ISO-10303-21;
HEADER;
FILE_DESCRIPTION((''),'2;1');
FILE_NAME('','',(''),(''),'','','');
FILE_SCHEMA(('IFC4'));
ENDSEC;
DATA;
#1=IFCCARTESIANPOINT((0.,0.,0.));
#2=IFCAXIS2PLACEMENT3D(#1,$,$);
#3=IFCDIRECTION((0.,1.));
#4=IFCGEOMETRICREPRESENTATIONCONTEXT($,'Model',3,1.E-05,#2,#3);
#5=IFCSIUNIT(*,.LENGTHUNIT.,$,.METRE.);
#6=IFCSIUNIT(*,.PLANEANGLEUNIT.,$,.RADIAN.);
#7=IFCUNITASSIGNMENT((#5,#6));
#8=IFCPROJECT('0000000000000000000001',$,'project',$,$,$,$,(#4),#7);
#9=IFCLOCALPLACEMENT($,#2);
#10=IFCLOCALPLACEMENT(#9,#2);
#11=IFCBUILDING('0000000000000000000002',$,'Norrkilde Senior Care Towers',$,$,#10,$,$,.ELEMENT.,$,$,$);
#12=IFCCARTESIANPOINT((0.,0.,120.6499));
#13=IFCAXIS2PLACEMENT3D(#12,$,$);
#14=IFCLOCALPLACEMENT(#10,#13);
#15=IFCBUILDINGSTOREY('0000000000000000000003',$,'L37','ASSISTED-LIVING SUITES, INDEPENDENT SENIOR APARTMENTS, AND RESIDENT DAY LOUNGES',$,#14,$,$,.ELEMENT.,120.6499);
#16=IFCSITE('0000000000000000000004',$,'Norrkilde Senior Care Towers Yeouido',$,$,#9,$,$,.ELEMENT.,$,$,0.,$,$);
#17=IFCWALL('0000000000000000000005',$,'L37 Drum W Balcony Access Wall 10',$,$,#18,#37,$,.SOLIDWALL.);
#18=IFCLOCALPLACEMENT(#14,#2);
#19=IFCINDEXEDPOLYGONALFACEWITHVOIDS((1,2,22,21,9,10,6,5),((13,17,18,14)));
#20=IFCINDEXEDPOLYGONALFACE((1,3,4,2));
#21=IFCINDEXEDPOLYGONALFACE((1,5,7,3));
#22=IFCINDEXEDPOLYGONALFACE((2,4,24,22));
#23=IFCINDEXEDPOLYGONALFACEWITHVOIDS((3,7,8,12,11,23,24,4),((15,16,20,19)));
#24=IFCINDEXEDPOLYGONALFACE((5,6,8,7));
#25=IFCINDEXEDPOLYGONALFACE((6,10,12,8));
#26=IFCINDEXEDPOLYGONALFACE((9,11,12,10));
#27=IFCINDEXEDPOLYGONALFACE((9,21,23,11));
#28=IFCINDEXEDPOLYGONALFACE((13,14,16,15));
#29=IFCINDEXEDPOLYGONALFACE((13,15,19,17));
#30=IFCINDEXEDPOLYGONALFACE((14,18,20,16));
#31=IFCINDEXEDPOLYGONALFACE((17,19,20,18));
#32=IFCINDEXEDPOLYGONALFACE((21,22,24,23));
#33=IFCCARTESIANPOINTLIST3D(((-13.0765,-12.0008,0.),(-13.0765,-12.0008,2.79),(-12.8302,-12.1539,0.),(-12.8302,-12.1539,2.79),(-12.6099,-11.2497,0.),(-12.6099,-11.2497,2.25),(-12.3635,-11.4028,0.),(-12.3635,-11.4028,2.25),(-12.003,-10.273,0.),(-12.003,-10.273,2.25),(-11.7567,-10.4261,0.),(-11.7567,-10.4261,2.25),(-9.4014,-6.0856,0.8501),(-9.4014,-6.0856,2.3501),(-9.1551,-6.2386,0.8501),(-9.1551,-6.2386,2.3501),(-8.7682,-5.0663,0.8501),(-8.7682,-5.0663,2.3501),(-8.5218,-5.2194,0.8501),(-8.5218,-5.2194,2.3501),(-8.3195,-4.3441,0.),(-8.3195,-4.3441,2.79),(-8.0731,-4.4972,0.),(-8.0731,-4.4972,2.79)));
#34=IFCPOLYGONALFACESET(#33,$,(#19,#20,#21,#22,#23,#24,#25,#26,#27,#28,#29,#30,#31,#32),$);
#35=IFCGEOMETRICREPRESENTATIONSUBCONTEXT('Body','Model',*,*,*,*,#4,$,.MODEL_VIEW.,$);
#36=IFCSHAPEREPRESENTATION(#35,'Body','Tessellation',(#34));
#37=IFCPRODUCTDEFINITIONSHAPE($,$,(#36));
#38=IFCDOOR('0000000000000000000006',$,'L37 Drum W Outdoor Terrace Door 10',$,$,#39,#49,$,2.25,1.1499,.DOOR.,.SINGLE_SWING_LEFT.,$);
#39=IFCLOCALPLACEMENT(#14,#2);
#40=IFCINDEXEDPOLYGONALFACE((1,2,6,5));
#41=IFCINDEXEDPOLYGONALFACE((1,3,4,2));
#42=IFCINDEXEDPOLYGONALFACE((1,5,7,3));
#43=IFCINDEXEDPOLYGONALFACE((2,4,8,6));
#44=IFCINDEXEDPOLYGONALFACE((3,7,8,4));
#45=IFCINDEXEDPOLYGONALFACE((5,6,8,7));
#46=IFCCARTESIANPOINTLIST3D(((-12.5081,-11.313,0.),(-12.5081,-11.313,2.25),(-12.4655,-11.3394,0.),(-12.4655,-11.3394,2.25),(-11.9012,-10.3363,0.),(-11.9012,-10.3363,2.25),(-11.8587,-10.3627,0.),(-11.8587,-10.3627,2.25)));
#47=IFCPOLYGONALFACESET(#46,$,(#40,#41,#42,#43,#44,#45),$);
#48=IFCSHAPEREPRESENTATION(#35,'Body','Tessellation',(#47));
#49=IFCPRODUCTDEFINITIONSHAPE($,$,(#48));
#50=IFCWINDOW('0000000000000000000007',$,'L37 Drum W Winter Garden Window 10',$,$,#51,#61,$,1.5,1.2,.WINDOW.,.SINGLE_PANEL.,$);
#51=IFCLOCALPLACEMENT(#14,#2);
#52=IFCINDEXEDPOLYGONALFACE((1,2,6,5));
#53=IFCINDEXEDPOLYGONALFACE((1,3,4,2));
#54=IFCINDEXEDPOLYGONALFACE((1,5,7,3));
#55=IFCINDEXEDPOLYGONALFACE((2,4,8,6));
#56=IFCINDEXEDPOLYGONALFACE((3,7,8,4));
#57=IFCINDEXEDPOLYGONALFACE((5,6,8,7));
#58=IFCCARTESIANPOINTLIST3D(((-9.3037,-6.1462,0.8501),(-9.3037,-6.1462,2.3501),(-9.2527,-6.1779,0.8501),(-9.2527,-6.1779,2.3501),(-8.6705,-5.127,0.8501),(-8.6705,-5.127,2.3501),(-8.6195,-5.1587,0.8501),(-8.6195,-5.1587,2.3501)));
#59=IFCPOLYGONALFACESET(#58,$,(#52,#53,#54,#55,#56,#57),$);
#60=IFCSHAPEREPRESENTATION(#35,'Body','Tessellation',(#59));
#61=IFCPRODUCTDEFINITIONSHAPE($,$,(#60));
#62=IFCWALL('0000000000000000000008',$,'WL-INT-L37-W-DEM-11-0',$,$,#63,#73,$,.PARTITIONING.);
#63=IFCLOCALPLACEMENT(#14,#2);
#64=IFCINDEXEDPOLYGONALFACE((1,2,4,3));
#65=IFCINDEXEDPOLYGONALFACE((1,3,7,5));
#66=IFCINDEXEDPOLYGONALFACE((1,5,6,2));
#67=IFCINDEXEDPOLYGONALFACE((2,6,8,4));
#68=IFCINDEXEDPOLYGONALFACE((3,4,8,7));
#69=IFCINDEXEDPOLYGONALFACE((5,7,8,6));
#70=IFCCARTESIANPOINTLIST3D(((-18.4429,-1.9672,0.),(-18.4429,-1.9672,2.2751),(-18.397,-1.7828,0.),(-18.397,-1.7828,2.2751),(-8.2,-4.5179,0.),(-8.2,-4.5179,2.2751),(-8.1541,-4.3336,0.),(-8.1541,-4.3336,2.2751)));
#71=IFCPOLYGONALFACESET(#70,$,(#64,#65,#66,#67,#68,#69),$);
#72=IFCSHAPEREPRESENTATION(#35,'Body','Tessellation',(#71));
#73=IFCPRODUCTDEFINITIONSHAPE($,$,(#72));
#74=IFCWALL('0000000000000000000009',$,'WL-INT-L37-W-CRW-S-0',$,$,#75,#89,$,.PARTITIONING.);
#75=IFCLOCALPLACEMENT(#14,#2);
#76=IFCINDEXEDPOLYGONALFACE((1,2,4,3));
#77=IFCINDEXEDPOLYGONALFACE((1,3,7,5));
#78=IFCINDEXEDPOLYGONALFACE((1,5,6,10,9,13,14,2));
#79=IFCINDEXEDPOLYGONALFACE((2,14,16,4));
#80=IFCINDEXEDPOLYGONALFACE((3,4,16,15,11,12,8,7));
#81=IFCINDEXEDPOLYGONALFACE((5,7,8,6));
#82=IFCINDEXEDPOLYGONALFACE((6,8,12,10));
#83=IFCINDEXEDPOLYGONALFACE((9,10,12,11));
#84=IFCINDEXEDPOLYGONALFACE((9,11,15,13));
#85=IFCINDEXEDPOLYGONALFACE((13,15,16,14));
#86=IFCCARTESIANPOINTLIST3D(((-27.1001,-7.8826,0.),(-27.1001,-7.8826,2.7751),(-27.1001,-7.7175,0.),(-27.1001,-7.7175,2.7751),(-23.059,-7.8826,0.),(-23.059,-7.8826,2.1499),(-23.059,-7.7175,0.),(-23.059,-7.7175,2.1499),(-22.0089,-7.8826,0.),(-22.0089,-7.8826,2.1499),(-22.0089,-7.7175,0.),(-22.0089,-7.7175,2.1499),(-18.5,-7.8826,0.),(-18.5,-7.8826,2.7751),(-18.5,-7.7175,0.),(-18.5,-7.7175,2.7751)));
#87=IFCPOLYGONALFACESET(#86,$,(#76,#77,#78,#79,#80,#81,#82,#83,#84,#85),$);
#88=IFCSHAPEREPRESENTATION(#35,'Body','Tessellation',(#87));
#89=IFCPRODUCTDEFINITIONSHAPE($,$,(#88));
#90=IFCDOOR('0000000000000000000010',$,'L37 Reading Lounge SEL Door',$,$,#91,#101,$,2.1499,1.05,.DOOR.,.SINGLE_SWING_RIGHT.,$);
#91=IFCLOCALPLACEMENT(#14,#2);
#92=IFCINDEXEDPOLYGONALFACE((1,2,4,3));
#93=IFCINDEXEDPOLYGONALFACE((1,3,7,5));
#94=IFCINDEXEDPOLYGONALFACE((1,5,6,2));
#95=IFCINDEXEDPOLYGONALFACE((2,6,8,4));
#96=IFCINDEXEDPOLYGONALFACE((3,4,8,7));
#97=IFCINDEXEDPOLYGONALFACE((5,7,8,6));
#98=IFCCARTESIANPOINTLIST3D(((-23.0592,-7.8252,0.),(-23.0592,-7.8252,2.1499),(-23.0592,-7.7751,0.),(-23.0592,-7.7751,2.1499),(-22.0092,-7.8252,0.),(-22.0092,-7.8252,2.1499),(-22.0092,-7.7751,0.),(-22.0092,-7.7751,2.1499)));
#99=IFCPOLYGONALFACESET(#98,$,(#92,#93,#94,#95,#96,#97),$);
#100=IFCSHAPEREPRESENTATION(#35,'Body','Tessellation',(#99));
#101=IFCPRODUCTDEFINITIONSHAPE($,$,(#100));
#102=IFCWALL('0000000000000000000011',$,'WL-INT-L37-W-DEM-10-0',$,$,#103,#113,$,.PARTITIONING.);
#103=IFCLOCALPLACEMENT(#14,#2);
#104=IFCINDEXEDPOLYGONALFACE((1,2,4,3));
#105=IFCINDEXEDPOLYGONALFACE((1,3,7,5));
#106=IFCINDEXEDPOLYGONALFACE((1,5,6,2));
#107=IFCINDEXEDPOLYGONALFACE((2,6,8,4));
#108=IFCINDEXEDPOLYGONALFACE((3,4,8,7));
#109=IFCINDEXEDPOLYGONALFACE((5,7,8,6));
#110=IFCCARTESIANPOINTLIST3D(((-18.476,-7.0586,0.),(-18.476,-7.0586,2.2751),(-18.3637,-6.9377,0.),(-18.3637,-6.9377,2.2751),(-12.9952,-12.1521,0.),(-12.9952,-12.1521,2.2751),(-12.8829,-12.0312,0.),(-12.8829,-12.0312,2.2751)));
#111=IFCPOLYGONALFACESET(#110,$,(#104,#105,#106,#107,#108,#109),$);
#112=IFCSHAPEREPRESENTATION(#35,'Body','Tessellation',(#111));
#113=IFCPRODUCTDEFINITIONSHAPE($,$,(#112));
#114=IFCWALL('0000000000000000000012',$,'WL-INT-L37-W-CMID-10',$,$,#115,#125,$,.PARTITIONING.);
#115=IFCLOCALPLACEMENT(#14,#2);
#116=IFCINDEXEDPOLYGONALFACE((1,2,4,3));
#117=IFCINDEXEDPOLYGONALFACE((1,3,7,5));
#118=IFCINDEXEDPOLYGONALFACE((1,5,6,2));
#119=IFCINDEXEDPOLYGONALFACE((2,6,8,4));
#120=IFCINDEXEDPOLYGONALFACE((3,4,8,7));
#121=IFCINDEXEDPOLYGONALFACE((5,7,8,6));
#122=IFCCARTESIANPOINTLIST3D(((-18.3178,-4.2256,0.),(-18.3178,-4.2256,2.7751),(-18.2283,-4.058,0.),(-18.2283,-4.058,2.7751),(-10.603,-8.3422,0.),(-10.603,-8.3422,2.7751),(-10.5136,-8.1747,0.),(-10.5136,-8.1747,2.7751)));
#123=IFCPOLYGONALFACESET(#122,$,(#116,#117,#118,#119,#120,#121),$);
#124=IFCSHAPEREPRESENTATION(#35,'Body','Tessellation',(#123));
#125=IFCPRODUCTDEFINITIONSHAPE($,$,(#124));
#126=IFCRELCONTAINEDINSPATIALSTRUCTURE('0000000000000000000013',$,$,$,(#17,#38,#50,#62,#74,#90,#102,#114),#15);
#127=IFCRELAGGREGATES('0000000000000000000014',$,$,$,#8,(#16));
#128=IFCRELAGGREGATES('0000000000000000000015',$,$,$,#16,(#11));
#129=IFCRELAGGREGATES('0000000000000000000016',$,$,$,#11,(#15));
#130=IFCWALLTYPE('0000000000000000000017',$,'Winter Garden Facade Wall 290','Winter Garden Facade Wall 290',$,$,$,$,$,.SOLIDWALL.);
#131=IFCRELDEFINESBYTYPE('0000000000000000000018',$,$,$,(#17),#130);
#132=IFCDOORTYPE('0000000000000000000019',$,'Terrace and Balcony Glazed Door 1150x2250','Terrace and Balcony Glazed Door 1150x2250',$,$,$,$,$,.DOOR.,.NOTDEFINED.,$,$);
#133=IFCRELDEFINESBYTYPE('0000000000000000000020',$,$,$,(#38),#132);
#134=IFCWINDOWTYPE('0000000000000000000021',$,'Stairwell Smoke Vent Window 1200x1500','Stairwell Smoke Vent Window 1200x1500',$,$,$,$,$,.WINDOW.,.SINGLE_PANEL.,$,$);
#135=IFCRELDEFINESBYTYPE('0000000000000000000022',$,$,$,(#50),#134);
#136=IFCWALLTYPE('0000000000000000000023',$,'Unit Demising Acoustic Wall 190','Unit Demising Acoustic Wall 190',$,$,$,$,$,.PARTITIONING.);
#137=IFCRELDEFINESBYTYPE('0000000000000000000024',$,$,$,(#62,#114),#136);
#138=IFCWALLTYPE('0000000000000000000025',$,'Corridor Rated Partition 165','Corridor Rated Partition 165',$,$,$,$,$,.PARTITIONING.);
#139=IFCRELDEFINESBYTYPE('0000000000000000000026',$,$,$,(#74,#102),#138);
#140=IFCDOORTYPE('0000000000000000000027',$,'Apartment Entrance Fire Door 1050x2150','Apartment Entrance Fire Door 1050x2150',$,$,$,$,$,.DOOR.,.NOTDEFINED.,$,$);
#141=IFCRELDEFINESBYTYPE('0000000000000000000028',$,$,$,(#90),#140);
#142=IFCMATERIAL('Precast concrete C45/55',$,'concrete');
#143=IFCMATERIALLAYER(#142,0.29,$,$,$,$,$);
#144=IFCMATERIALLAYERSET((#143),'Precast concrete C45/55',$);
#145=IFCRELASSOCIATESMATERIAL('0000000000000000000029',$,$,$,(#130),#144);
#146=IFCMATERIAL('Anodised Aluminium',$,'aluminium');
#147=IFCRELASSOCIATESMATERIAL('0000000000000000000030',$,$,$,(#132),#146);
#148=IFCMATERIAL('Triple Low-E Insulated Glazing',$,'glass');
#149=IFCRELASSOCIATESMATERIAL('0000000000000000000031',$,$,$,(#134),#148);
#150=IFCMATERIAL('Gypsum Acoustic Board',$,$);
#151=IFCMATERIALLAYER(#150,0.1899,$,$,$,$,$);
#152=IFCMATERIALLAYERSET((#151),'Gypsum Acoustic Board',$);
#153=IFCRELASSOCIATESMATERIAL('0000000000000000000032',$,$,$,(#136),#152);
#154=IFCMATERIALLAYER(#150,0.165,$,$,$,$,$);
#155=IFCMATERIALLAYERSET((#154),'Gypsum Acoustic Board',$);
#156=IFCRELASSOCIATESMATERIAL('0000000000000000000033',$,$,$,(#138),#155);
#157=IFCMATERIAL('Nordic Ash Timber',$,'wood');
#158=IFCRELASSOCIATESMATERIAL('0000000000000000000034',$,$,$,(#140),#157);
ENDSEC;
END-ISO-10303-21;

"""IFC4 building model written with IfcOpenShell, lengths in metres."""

from ifc_helpers import new_model, si_unit, direction, frame, frame_2d, origin, place, context, subcontext, project, spatial, rectangle, extrude, source, transform, mapped, material, layer, layer_set, type_object, type_shapes, element, fill, save


model = new_model("IFC4")

# Units and contexts
model_context = context("Model", 3, precision=1e-05, world=origin(), true_north=direction((0.0, 1.0)))
body_context = subcontext(model_context, "Body", "Model", "MODEL_VIEW")
ifc_project = project(units=[si_unit("LENGTHUNIT", "METRE"), si_unit("PLANEANGLEUNIT", "RADIAN")], contexts=[model_context])

# Site, building, storey
site_placement = place(None, origin())
site = spatial("IfcSite", under=ifc_project, at=site_placement, Name="Norrkilde Senior Care Towers Yeouido", CompositionType="ELEMENT", RefElevation=0.0)
building_placement = place(site_placement, origin())
building = spatial("IfcBuilding", under=site, at=building_placement, Name="Norrkilde Senior Care Towers", CompositionType="ELEMENT")
storey_placement = place(building_placement, frame((0.0, 0.0, 120.6499)))
storey = spatial("IfcBuildingStorey", under=building, at=storey_placement, Name="L37", Description="ASSISTED-LIVING SUITES, INDEPENDENT SENIOR APARTMENTS, AND RESIDENT DAY LOUNGES", CompositionType="ELEMENT", Elevation=120.6499)

# Shared definitions
ifc_material_1 = material(Name="Triple Low-E Insulated Glazing", Category="glass")
ifc_material_2 = material(Name="Anodised Aluminium", Category="aluminium")

# Wall, openings, door, window
ifc_material_3 = material(Name="Precast concrete C45/55", Category="concrete")
ifc_layer_1 = layer(ifc_material_3, 0.29)
ifc_layer_set_1 = layer_set([ifc_layer_1], Name="Precast concrete C45/55")
wall_type_1 = type_object("IfcWallType", Name="Winter Garden Facade Wall 290", Description="Winter Garden Facade Wall 290", PredefinedType="SOLIDWALL", material=ifc_layer_set_1)
shared_shape_1 = source(origin(), body_context, "Body", "SweptSolid", [
    extrude(rectangle(XDim=9.0142, YDim=0.29, at=frame_2d((4.5071, 0.0))), origin(), (0.0, 0.0, 1.0), 2.79),
])
type_shapes(wall_type_1, [shared_shape_1])
wall_1_placement = place(storey_placement, frame((-8.1963, -4.4207, 0.0), z_axis=(0.0, 0.0, 1.0), x_axis=(-0.527733, -0.84941, 0.0)))
wall_1 = element("IfcWall", 1, at=wall_1_placement, inside=storey, type_object=wall_type_1, Name="L37 Drum W Balcony Access Wall 10", PredefinedType="SOLIDWALL", context=body_context, shape_type="MappedRepresentation", body=[
    mapped(shared_shape_1, transform((0.0, 0.0, 0.0), x_axis=(1.0, 0.0, 0.0), y_axis=(0.0, 1.0, 0.0), z_axis=(0.0, 0.0, 1.0), scale=1.0)),
])
opening_1_placement = place(wall_1_placement, frame((6.98, 0.0, 0.0)))
opening_1 = element("IfcOpeningElement", 2, at=opening_1_placement, cuts=wall_1, PredefinedType="OPENING", context=body_context, shape_type="SweptSolid", body=[
    extrude(rectangle(XDim=1.1499, YDim=2.25, at=frame_2d((0.575, 1.125))), frame((0.0, 0.155, 0.0), z_axis=(0.0, -1.0, 0.0), x_axis=(1.0, 0.0, 0.0)), (0.0, 0.0, 1.0), 0.3101),
])
opening_2_placement = place(wall_1_placement, frame((0.8501, 0.0, 0.8501)))
opening_2 = element("IfcOpeningElement", 3, at=opening_2_placement, cuts=wall_1, PredefinedType="OPENING", context=body_context, shape_type="SweptSolid", body=[
    extrude(rectangle(XDim=1.2, YDim=1.5, at=frame_2d((0.6001, 0.75))), frame((0.0, 0.155, 0.0), z_axis=(0.0, -1.0, 0.0), x_axis=(1.0, 0.0, 0.0)), (0.0, 0.0, 1.0), 0.3101),
])
door_type_1 = type_object("IfcDoorType", Name="Terrace and Balcony Glazed Door 1150x2250", Description="Terrace and Balcony Glazed Door 1150x2250", OperationType="NOTDEFINED", PredefinedType="DOOR", material=ifc_material_2)
shared_shape_2 = source(origin(), body_context, "Body", "SweptSolid", [
    extrude(rectangle(XDim=1.1499, YDim=2.25, at=frame_2d((0.575, 1.125))), frame((0.0, 0.0249, 0.0), z_axis=(0.0, -1.0, 0.0), x_axis=(1.0, 0.0, 0.0)), (0.0, 0.0, 1.0), 0.05),
])
type_shapes(door_type_1, [shared_shape_2])
door_1_placement = place(opening_1_placement, origin())
door_1 = element("IfcDoor", 4, at=door_1_placement, inside=storey, type_object=door_type_1, Name="L37 Drum W Outdoor Terrace Door 10", OperationType="SINGLE_SWING_LEFT", OverallHeight=2.25, OverallWidth=1.1499, PredefinedType="DOOR", context=body_context, shape_type="MappedRepresentation", body=[
    mapped(shared_shape_2, transform((0.0, 0.0, 0.0), x_axis=(1.0, 0.0, 0.0), y_axis=(0.0, 1.0, 0.0), z_axis=(0.0, 0.0, 1.0), scale=1.0)),
])
fill(opening_1, door_1)
window_type = type_object("IfcWindowType", Name="Stairwell Smoke Vent Window 1200x1500", Description="Stairwell Smoke Vent Window 1200x1500", PartitioningType="SINGLE_PANEL", PredefinedType="WINDOW", material=ifc_material_1)
shared_shape_3 = source(origin(), body_context, "Body", "SweptSolid", [
    extrude(rectangle(XDim=1.2, YDim=1.5, at=frame_2d((0.6001, 0.75))), frame((0.0, 0.03, 0.0), z_axis=(0.0, -1.0, 0.0), x_axis=(1.0, 0.0, 0.0)), (0.0, 0.0, 1.0), 0.0601),
])
type_shapes(window_type, [shared_shape_3])
window_placement = place(opening_2_placement, origin())
window = element("IfcWindow", 5, at=window_placement, inside=storey, type_object=window_type, Name="L37 Drum W Winter Garden Window 10", OverallHeight=1.5, OverallWidth=1.2, PartitioningType="SINGLE_PANEL", PredefinedType="WINDOW", context=body_context, shape_type="MappedRepresentation", body=[
    mapped(shared_shape_3, transform((0.0, 0.0, 0.0), x_axis=(1.0, 0.0, 0.0), y_axis=(0.0, 1.0, 0.0), z_axis=(0.0, 0.0, 1.0), scale=1.0)),
])
fill(opening_2, window)

# Wall
ifc_material_4 = material(Name="Gypsum Acoustic Board")
ifc_layer_2 = layer(ifc_material_4, 0.1899)
ifc_layer_set_2 = layer_set([ifc_layer_2], Name="Gypsum Acoustic Board")
wall_type_2 = type_object("IfcWallType", Name="Unit Demising Acoustic Wall 190", Description="Unit Demising Acoustic Wall 190", PredefinedType="PARTITIONING", material=ifc_layer_set_2)
shared_shape_4 = source(origin(), body_context, "Body", "SweptSolid", [
    extrude(rectangle(XDim=10.5557, YDim=0.1899, at=frame_2d((5.2778, 0.0))), origin(), (0.0, 0.0, 1.0), 2.2751),
])
wall_2_placement = place(storey_placement, frame((-18.4199, -1.875, 0.0), z_axis=(0.0, 0.0, 1.0), x_axis=(0.970364, -0.241648, 0.0)))
element("IfcWall", 6, at=wall_2_placement, inside=storey, type_object=wall_type_2, Name="WL-INT-L37-W-DEM-11-0", PredefinedType="PARTITIONING", context=body_context, shape_type="MappedRepresentation", body=[
    mapped(shared_shape_4, transform((0.0, 0.0, 0.0), x_axis=(1.0, 0.0, 0.0), y_axis=(0.0, 1.0, 0.0), z_axis=(0.0, 0.0, 1.0), scale=1.0)),
])

# Wall, opening, door
ifc_layer_3 = layer(ifc_material_4, 0.165)
ifc_layer_set_3 = layer_set([ifc_layer_3], Name="Gypsum Acoustic Board")
wall_type_3 = type_object("IfcWallType", Name="Corridor Rated Partition 165", Description="Corridor Rated Partition 165", PredefinedType="PARTITIONING", material=ifc_layer_set_3)
shared_shape_5 = source(origin(), body_context, "Body", "SweptSolid", [
    extrude(rectangle(XDim=8.6001, YDim=0.165, at=frame_2d((4.3, 0.0))), origin(), (0.0, 0.0, 1.0), 2.7751),
])
wall_3_placement = place(storey_placement, frame((-18.5, -7.8, 0.0), z_axis=(0.0, 0.0, 1.0), x_axis=(-1.0, 0.0, 0.0)))
wall_3 = element("IfcWall", 7, at=wall_3_placement, inside=storey, type_object=wall_type_3, Name="WL-INT-L37-W-CRW-S-0", PredefinedType="PARTITIONING", context=body_context, shape_type="MappedRepresentation", body=[
    mapped(shared_shape_5, transform((0.0, 0.0, 0.0), x_axis=(1.0, 0.0, 0.0), y_axis=(0.0, 1.0, 0.0), z_axis=(0.0, 0.0, 1.0), scale=1.0)),
])
opening_3_placement = place(wall_3_placement, frame((3.509, 0.0, 0.0)))
opening_3 = element("IfcOpeningElement", 8, at=opening_3_placement, cuts=wall_3, PredefinedType="OPENING", context=body_context, shape_type="SweptSolid", body=[
    extrude(rectangle(XDim=1.05, YDim=2.1499, at=frame_2d((0.5249, 1.075))), frame((0.0, 0.0925, 0.0), z_axis=(0.0, -1.0, 0.0), x_axis=(1.0, 0.0, 0.0)), (0.0, 0.0, 1.0), 0.1851),
])
ifc_material_5 = material(Name="Nordic Ash Timber", Category="wood")
door_type_2 = type_object("IfcDoorType", Name="Apartment Entrance Fire Door 1050x2150", Description="Apartment Entrance Fire Door 1050x2150", OperationType="NOTDEFINED", PredefinedType="DOOR", material=ifc_material_5)
shared_shape_6 = source(origin(), body_context, "Body", "SweptSolid", [
    extrude(rectangle(XDim=1.05, YDim=2.1499, at=frame_2d((0.5249, 1.075))), frame((0.0, 0.0249, 0.0), z_axis=(0.0, -1.0, 0.0), x_axis=(1.0, 0.0, 0.0)), (0.0, 0.0, 1.0), 0.05),
])
type_shapes(door_type_2, [shared_shape_6])
door_2_placement = place(opening_3_placement, frame((1.05, 0.0, 0.0), z_axis=(0.0, 0.0, 1.0), x_axis=(-1.0, 0.0, 0.0)))
door_2 = element("IfcDoor", 9, at=door_2_placement, inside=storey, type_object=door_type_2, Name="L37 Reading Lounge SEL Door", OperationType="SINGLE_SWING_RIGHT", OverallHeight=2.1499, OverallWidth=1.05, PredefinedType="DOOR", context=body_context, shape_type="MappedRepresentation", body=[
    mapped(shared_shape_6, transform((0.0, 0.0, 0.0), x_axis=(1.0, 0.0, 0.0), y_axis=(0.0, 1.0, 0.0), z_axis=(0.0, 0.0, 1.0), scale=1.0)),
])
fill(opening_3, door_2)

# Walls
shared_shape_7 = source(origin(), body_context, "Body", "SweptSolid", [
    extrude(rectangle(XDim=7.4822, YDim=0.165, at=frame_2d((3.7412, 0.0))), origin(), (0.0, 0.0, 1.0), 2.2751),
])
type_shapes(wall_type_3, [shared_shape_5, shared_shape_7])
wall_4_placement = place(storey_placement, frame((-18.4199, -6.998, 0.0), z_axis=(0.0, 0.0, 1.0), x_axis=(0.732509, -0.680758, 0.0)))
element("IfcWall", 10, at=wall_4_placement, inside=storey, type_object=wall_type_3, Name="WL-INT-L37-W-DEM-10-0", PredefinedType="PARTITIONING", context=body_context, shape_type="MappedRepresentation", body=[
    mapped(shared_shape_7, transform((0.0, 0.0, 0.0), x_axis=(1.0, 0.0, 0.0), y_axis=(0.0, 1.0, 0.0), z_axis=(0.0, 0.0, 1.0), scale=1.0)),
])
shared_shape_8 = source(origin(), body_context, "Body", "SweptSolid", [
    extrude(rectangle(XDim=8.7444, YDim=0.1899, at=frame_2d((4.3721, 0.0))), origin(), (0.0, 0.0, 1.0), 2.7751),
])
wall_5_placement = place(storey_placement, frame((-18.2729, -4.1418, 0.0), z_axis=(0.0, 0.0, 1.0), x_axis=(0.882252, -0.470777, 0.0)))
element("IfcWall", 11, at=wall_5_placement, inside=storey, type_object=wall_type_2, Name="WL-INT-L37-W-CMID-10", PredefinedType="PARTITIONING", context=body_context, shape_type="MappedRepresentation", body=[
    mapped(shared_shape_8, transform((0.0, 0.0, 0.0), x_axis=(1.0, 0.0, 0.0), y_axis=(0.0, 1.0, 0.0), z_axis=(0.0, 0.0, 1.0), scale=1.0)),
])

save(model, "model.ifc")
